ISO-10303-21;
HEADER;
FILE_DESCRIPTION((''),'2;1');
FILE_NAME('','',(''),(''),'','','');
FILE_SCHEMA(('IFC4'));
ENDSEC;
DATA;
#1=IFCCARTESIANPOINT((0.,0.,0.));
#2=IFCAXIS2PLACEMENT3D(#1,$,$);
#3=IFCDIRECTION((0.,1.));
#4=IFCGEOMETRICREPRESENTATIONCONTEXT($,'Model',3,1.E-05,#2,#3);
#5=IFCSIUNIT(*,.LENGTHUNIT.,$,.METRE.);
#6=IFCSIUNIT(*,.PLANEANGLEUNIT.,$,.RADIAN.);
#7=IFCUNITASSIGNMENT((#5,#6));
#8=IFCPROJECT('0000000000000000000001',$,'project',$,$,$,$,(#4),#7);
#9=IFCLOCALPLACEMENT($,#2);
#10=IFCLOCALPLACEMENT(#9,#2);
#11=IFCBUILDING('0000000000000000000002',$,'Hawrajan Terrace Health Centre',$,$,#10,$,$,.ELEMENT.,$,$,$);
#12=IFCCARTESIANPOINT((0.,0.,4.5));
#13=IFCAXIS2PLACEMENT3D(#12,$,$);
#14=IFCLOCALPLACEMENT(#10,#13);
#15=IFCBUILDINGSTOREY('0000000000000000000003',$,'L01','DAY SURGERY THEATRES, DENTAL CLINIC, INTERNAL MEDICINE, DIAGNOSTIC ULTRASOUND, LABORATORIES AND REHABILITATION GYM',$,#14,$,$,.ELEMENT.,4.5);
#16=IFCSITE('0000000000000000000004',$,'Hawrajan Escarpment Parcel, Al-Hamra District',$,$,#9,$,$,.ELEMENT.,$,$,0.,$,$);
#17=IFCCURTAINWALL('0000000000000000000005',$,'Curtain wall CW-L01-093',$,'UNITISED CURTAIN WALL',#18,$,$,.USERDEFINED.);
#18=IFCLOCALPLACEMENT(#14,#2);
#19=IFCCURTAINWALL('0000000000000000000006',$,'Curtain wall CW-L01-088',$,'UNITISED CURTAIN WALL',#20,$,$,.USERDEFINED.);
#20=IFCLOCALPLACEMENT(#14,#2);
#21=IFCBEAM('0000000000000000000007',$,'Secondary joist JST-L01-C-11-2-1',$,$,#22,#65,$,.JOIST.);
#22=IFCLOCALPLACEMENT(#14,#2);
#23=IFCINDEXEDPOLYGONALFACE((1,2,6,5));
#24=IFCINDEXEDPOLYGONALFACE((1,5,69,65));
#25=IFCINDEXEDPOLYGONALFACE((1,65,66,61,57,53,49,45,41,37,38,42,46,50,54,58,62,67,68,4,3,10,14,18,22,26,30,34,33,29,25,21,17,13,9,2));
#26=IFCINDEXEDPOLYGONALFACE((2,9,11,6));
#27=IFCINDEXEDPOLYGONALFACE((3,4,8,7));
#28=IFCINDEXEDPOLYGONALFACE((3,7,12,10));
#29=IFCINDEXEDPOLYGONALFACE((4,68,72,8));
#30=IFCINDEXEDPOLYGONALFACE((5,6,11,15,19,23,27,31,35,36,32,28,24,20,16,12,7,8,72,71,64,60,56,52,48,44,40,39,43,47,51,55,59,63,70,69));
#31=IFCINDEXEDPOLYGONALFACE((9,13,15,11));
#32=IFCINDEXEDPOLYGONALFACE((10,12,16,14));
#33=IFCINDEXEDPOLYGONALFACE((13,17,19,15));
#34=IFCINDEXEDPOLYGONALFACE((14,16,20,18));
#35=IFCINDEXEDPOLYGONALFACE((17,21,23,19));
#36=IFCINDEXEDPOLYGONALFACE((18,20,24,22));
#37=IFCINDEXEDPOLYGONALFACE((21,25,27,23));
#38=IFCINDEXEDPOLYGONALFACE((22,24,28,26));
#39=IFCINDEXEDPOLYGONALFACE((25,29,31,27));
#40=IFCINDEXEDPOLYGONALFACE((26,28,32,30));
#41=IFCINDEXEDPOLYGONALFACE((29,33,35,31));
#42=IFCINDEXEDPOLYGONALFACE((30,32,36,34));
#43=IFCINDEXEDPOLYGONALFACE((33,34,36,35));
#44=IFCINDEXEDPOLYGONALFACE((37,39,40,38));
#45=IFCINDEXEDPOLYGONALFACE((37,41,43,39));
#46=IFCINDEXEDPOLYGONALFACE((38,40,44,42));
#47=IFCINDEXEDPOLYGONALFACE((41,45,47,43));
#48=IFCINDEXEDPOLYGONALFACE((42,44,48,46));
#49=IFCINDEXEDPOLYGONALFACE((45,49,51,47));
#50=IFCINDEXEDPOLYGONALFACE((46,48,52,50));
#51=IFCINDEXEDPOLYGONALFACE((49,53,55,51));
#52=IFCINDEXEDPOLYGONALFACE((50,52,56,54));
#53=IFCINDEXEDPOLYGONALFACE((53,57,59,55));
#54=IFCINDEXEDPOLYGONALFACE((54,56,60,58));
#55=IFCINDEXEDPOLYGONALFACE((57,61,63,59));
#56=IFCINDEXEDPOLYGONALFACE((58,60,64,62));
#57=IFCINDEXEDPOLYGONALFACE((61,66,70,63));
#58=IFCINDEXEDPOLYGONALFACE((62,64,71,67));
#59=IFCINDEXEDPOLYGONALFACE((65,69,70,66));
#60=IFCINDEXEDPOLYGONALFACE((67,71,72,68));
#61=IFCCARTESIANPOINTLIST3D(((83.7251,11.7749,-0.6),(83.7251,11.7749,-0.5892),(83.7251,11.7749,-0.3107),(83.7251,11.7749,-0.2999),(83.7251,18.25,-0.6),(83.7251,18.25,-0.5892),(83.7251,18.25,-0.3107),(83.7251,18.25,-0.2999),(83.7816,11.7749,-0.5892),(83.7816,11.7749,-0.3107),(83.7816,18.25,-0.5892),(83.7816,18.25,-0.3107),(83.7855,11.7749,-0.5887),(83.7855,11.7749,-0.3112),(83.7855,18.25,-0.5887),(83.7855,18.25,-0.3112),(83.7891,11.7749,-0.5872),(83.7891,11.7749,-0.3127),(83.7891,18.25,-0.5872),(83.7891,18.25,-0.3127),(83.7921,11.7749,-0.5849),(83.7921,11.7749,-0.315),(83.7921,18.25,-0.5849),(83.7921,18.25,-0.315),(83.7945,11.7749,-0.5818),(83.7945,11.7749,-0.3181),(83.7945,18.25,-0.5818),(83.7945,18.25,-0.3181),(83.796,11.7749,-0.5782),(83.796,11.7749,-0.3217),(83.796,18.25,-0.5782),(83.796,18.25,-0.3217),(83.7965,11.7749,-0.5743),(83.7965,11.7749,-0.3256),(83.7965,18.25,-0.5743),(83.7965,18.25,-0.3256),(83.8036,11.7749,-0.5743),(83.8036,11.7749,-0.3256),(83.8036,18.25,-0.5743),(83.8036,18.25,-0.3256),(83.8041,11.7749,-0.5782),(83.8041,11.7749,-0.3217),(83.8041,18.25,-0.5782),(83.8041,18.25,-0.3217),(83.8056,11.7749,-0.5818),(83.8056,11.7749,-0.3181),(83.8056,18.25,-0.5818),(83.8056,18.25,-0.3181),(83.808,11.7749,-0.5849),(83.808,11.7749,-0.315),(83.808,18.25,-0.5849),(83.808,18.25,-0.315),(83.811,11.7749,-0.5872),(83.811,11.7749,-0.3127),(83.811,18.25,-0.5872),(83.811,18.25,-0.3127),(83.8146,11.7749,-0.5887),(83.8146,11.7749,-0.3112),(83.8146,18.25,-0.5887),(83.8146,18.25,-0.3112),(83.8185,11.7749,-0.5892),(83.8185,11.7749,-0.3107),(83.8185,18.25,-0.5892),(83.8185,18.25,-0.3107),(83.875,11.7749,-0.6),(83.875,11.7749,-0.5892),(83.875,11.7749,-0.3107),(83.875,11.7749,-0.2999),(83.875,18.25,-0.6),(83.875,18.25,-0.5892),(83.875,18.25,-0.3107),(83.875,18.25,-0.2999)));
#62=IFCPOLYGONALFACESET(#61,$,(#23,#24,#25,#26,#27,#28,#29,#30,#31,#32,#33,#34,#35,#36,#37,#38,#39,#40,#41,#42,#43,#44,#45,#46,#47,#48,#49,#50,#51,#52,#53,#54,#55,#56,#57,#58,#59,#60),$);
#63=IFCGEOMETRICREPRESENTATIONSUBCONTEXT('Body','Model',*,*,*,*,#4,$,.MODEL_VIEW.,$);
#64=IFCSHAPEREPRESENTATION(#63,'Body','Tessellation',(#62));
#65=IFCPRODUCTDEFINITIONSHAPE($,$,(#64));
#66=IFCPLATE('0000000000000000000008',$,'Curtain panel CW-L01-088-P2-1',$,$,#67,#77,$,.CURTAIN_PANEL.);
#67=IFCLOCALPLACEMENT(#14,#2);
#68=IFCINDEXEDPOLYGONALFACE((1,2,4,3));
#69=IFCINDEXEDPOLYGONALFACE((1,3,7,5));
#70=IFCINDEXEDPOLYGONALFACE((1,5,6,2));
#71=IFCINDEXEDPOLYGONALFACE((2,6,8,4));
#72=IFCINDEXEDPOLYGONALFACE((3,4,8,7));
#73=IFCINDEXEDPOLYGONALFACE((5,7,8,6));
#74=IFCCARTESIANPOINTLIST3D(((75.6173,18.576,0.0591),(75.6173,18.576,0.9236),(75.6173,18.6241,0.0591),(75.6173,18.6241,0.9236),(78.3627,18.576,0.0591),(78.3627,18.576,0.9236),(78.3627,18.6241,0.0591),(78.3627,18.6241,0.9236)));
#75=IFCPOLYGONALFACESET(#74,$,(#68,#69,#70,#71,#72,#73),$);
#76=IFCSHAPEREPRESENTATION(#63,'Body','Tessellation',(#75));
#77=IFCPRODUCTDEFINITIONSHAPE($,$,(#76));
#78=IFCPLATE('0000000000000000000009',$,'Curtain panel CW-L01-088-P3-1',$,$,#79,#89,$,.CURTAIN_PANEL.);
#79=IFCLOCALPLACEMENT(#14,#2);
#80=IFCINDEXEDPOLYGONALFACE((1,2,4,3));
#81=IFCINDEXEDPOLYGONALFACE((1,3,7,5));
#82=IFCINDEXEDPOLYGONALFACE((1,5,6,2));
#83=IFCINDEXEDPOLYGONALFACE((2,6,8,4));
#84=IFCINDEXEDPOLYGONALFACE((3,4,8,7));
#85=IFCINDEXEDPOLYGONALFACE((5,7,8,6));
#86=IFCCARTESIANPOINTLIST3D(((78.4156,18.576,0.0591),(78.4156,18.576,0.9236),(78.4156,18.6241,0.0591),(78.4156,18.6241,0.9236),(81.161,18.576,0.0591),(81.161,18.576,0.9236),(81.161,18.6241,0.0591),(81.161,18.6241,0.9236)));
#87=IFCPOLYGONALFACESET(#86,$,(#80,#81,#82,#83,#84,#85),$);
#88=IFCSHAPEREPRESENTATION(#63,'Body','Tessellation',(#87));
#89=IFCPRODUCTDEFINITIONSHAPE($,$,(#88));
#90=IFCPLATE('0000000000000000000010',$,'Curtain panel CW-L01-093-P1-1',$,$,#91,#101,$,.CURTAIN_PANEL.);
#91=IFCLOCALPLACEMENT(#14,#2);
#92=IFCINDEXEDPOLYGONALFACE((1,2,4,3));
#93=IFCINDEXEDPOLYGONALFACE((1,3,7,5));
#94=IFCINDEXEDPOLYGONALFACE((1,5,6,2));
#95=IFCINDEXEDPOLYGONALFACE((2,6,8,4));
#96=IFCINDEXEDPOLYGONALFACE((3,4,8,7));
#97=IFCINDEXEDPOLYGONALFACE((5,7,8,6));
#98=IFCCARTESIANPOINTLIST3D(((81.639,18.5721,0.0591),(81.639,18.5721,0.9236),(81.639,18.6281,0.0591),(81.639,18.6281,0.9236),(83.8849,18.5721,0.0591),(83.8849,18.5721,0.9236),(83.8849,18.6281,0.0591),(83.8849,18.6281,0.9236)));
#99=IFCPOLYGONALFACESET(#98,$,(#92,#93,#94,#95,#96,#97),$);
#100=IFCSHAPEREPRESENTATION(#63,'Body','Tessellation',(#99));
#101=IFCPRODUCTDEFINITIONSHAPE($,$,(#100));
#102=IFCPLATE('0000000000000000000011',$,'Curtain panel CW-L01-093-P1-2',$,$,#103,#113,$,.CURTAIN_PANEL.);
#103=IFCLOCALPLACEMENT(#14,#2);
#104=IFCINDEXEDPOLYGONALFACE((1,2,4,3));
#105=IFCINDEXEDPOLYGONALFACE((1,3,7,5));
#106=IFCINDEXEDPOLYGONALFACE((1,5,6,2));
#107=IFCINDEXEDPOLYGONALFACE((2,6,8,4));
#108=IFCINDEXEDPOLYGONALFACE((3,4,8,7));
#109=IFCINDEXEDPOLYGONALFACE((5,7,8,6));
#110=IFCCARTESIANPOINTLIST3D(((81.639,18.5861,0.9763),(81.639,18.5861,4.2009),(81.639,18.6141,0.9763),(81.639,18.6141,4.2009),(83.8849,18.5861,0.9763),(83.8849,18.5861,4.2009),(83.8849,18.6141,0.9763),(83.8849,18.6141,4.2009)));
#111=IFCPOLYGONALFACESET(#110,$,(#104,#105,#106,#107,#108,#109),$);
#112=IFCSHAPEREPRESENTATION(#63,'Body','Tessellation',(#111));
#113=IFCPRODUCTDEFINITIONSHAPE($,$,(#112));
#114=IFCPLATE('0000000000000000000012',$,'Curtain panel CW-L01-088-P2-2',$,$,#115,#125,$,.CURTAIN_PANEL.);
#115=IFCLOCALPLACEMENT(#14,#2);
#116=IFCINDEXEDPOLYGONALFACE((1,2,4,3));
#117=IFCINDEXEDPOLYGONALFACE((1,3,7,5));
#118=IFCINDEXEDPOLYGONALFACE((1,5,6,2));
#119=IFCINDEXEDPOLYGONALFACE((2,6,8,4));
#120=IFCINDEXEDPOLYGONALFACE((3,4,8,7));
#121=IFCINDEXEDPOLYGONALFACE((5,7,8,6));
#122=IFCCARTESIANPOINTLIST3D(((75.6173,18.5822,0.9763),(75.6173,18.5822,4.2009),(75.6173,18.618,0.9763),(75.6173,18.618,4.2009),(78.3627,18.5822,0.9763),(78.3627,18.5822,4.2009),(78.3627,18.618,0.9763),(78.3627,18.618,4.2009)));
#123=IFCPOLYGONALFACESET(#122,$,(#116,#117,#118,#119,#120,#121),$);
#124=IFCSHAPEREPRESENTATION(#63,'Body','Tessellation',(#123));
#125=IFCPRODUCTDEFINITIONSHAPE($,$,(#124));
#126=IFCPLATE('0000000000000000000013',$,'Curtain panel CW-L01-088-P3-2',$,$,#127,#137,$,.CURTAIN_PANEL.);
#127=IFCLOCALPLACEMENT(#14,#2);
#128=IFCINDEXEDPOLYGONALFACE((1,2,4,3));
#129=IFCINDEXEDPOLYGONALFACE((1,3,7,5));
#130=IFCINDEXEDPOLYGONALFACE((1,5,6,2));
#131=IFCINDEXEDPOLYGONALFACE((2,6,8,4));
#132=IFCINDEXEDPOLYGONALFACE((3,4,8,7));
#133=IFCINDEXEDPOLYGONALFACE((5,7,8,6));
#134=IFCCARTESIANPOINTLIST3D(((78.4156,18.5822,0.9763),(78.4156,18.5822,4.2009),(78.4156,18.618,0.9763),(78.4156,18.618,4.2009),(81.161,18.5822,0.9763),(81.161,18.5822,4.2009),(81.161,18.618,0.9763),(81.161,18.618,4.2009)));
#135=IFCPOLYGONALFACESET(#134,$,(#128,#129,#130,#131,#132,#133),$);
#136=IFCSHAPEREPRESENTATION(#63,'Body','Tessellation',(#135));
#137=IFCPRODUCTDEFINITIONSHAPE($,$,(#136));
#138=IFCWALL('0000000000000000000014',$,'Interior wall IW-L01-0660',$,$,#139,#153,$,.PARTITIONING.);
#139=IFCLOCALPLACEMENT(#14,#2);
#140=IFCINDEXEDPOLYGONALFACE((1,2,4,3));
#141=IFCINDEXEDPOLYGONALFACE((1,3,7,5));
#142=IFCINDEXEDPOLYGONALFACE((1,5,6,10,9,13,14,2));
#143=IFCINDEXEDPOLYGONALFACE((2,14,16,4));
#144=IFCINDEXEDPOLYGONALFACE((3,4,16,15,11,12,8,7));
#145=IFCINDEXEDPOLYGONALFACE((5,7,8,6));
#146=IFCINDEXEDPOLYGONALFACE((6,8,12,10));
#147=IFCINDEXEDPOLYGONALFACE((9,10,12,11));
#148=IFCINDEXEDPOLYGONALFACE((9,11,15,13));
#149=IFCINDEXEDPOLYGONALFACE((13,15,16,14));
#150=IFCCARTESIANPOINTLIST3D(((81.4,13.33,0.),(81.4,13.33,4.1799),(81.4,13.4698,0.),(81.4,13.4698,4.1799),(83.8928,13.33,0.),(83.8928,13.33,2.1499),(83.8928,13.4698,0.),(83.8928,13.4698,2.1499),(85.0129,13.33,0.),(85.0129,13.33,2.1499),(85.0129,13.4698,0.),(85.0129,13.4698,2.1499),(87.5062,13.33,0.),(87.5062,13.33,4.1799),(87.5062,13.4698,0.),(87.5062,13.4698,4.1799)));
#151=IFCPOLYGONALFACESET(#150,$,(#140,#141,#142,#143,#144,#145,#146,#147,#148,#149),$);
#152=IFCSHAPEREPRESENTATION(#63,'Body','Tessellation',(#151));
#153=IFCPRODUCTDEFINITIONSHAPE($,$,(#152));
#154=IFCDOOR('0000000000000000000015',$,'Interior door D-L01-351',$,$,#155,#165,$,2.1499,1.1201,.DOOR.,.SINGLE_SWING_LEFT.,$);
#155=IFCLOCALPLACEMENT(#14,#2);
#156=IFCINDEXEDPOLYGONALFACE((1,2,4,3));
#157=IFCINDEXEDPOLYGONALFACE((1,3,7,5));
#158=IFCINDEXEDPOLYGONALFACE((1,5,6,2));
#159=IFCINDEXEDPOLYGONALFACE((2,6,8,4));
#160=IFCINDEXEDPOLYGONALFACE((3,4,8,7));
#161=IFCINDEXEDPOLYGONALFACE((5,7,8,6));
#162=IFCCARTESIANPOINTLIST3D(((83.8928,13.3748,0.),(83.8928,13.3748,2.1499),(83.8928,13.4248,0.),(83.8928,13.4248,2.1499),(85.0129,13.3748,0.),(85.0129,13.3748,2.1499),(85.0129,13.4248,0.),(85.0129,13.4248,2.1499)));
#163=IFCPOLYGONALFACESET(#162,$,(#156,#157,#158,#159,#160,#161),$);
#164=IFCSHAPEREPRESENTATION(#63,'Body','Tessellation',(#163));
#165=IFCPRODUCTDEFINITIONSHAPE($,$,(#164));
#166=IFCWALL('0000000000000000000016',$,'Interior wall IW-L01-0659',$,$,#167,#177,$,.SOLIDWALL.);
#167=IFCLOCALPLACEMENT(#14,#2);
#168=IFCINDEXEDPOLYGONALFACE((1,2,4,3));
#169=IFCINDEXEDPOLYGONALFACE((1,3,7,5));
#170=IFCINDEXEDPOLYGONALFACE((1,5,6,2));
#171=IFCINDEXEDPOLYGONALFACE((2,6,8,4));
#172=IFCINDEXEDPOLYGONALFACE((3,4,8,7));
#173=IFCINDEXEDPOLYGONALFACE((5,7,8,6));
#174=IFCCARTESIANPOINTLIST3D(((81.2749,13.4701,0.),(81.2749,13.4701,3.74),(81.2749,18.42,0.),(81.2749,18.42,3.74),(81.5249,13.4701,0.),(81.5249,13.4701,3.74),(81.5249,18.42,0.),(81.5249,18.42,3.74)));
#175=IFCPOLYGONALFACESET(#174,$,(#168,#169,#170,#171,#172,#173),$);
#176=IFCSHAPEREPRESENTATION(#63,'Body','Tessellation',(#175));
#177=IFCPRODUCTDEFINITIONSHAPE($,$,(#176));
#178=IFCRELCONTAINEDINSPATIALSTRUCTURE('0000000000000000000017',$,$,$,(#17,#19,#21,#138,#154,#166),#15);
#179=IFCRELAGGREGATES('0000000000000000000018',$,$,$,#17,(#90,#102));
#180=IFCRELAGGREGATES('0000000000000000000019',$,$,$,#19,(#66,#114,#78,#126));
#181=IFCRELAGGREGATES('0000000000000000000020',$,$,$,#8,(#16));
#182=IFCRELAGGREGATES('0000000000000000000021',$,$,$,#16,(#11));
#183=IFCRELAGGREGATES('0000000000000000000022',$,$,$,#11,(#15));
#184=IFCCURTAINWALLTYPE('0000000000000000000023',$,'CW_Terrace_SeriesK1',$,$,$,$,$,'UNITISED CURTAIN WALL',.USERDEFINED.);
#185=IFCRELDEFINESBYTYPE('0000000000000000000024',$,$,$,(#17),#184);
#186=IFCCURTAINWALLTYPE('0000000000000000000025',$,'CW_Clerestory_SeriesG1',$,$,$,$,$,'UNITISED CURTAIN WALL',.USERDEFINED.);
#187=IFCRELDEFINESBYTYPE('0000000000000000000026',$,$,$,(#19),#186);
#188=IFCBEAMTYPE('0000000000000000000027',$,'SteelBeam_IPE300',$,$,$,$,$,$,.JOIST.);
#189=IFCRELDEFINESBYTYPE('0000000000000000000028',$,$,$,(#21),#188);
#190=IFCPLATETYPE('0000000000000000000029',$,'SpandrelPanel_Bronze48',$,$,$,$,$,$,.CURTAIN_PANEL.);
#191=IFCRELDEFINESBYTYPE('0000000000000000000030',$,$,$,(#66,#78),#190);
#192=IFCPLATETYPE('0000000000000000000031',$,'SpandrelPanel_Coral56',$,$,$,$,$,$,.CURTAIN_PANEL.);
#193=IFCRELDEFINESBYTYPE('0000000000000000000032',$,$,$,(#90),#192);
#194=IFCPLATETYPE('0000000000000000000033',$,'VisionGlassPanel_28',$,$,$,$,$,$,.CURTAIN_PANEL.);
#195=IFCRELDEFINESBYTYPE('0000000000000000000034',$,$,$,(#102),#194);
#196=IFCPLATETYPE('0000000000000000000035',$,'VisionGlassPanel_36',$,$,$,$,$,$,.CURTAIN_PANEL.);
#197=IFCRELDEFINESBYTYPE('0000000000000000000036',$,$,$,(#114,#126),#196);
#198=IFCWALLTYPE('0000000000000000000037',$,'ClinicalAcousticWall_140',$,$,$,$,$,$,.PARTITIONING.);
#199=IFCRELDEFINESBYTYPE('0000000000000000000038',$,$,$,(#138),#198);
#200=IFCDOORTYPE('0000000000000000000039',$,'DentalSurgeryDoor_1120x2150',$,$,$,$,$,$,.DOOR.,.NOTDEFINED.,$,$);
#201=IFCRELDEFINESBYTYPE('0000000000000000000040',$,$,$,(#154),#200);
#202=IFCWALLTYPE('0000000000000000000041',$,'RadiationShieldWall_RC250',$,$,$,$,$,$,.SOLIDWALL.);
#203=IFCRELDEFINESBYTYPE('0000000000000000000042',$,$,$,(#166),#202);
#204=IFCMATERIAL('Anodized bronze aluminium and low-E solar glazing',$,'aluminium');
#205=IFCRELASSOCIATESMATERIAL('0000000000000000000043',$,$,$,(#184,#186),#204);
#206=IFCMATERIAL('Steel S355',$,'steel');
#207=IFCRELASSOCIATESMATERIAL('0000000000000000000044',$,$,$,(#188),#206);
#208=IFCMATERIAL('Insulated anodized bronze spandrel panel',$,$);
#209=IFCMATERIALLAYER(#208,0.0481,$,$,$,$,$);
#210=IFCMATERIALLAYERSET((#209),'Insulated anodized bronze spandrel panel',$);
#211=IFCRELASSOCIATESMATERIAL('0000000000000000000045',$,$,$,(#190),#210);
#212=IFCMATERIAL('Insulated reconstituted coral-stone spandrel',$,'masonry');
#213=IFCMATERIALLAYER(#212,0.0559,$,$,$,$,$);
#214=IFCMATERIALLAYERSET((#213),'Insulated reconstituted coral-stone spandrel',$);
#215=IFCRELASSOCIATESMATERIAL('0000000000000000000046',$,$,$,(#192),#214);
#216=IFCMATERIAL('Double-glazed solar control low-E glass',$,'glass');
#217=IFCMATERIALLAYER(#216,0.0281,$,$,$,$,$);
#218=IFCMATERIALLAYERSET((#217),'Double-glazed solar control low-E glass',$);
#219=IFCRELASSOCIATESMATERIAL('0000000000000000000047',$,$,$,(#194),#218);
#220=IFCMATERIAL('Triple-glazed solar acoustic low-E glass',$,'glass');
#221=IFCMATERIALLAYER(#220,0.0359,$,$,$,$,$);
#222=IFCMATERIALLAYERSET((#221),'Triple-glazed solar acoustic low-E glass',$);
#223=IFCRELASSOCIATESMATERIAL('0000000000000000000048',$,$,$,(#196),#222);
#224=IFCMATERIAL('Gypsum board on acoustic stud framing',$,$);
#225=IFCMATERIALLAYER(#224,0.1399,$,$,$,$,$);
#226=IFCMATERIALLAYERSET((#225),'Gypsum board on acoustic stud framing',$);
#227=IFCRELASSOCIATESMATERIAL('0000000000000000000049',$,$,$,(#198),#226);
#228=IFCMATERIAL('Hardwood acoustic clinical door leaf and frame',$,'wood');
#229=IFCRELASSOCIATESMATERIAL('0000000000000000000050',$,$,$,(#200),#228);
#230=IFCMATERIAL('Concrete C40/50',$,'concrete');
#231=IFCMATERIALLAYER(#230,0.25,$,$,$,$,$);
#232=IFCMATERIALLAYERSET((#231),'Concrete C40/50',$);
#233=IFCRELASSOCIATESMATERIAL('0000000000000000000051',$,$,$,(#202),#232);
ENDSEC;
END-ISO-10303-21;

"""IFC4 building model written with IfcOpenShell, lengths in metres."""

from ifc_helpers import new_model, si_unit, direction, frame, frame_2d, origin, origin_2d, place, context, subcontext, project, spatial, rectangle, i_section, extrude, material, layer, layer_set, material_profile, profile_set, type_object, element, fill, aggregate, save


model = new_model("IFC4")

# Units and contexts
model_context = context("Model", 3, precision=1e-05, world=origin(), true_north=direction((0.0, 1.0)))
body_context = subcontext(model_context, "Body", "Model", "MODEL_VIEW")
ifc_project = project(units=[si_unit("LENGTHUNIT", "METRE"), si_unit("PLANEANGLEUNIT", "RADIAN")], contexts=[model_context])

# Site, building, storey
site_placement = place(None, origin())
site = spatial("IfcSite", under=ifc_project, at=site_placement, Name="Hawrajan Escarpment Parcel, Al-Hamra District", CompositionType="ELEMENT", RefElevation=0.0)
building_placement = place(site_placement, origin())
building = spatial("IfcBuilding", under=site, at=building_placement, Name="Hawrajan Terrace Health Centre", CompositionType="ELEMENT")
storey_placement = place(building_placement, frame((0.0, 0.0, 4.5)))
storey = spatial("IfcBuildingStorey", under=building, at=storey_placement, Name="L01", Description="DAY SURGERY THEATRES, DENTAL CLINIC, INTERNAL MEDICINE, DIAGNOSTIC ULTRASOUND, LABORATORIES AND REHABILITATION GYM", CompositionType="ELEMENT", Elevation=4.5)

# Curtain wall
ifc_material_1 = material(Name="Anodized bronze aluminium and low-E solar glazing", Category="aluminium")
curtain_wall_type_1 = type_object("IfcCurtainWallType", Name="CW_Terrace_SeriesK1", ElementType="UNITISED CURTAIN WALL", PredefinedType="USERDEFINED", material=ifc_material_1)
curtain_wall_1_placement = place(storey_placement, origin())
curtain_wall_1 = element("IfcCurtainWall", 1, at=curtain_wall_1_placement, inside=storey, type_object=curtain_wall_type_1, Name="Curtain wall CW-L01-093", ObjectType="UNITISED CURTAIN WALL", PredefinedType="USERDEFINED")

# Curtain wall
curtain_wall_type_2 = type_object("IfcCurtainWallType", Name="CW_Clerestory_SeriesG1", ElementType="UNITISED CURTAIN WALL", PredefinedType="USERDEFINED", material=ifc_material_1)
curtain_wall_2_placement = place(storey_placement, origin())
curtain_wall_2 = element("IfcCurtainWall", 2, at=curtain_wall_2_placement, inside=storey, type_object=curtain_wall_type_2, Name="Curtain wall CW-L01-088", ObjectType="UNITISED CURTAIN WALL", PredefinedType="USERDEFINED")

# Beam
ifc_material_2 = material(Name="Concrete C40/50", Category="concrete")
ifc_material_3 = material(Name="Steel S355", Category="steel")
ifc_material_profile_1 = material_profile(ifc_material_3, i_section(OverallWidth=0.1499, OverallDepth=0.3, WebThickness=0.0071, FlangeThickness=0.0107, FilletRadius=0.0149, at=origin_2d()), Name="IPE 300")
ifc_profile_set_1 = profile_set([ifc_material_profile_1], Name="Steel S355")
beam_type_1 = type_object("IfcBeamType", Name="SteelBeam_IPE300", PredefinedType="JOIST", material=ifc_profile_set_1)
for number, where, z_axis, x_axis, name in (
    (3, (83.8, 11.7749, -0.45), (0.0, 1.0, 0.0), (-1.0, 0.0, 0.0), "Secondary joist JST-L01-C-11-2-1"),
):
    element("IfcBeam", number, at=place(storey_placement, frame(where, z_axis=z_axis, x_axis=x_axis)), inside=storey, type_object=beam_type_1, Name=name, PredefinedType="JOIST", context=body_context, shape_type="SweptSolid", body=[
        extrude(i_section(OverallWidth=0.1499, OverallDepth=0.3, WebThickness=0.0071, FlangeThickness=0.0107, FilletRadius=0.0149, at=origin_2d()), origin(), (0.0, 0.0, 1.0), 6.4751),
    ])

# Plates
ifc_material_4 = material(Name="Insulated anodized bronze spandrel panel")
ifc_layer_1 = layer(ifc_material_4, 0.0481)
ifc_layer_set_1 = layer_set([ifc_layer_1], Name="Insulated anodized bronze spandrel panel")
plate_type_1 = type_object("IfcPlateType", Name="SpandrelPanel_Bronze48", PredefinedType="CURTAIN_PANEL", material=ifc_layer_set_1)
plate_1_placement = place(storey_placement, frame((76.99, 18.6001, 0.0591), z_axis=(0.0, 0.0, 1.0), x_axis=(1.0, 0.0, 0.0)))
plate_1 = element("IfcPlate", 4, at=plate_1_placement, type_object=plate_type_1, Name="Curtain panel CW-L01-088-P2-1", PredefinedType="CURTAIN_PANEL", context=body_context, shape_type="SweptSolid", body=[
    extrude(rectangle(XDim=2.7454, YDim=0.0481, at=origin_2d()), origin(), (0.0, 0.0, 1.0), 0.8645),
])
plate_2_placement = place(storey_placement, frame((79.7883, 18.6001, 0.0591), z_axis=(0.0, 0.0, 1.0), x_axis=(1.0, 0.0, 0.0)))
plate_2 = element("IfcPlate", 5, at=plate_2_placement, type_object=plate_type_1, Name="Curtain panel CW-L01-088-P3-1", PredefinedType="CURTAIN_PANEL", context=body_context, shape_type="SweptSolid", body=[
    extrude(rectangle(XDim=2.7454, YDim=0.0481, at=origin_2d()), origin(), (0.0, 0.0, 1.0), 0.8645),
])
ifc_material_5 = material(Name="Insulated reconstituted coral-stone spandrel", Category="masonry")
ifc_layer_2 = layer(ifc_material_5, 0.0559)
ifc_layer_set_2 = layer_set([ifc_layer_2], Name="Insulated reconstituted coral-stone spandrel")
plate_type_2 = type_object("IfcPlateType", Name="SpandrelPanel_Coral56", PredefinedType="CURTAIN_PANEL", material=ifc_layer_set_2)
plate_3_placement = place(storey_placement, frame((82.762, 18.6001, 0.0591), z_axis=(0.0, 0.0, 1.0), x_axis=(1.0, 0.0, 0.0)))
plate_3 = element("IfcPlate", 6, at=plate_3_placement, type_object=plate_type_2, Name="Curtain panel CW-L01-093-P1-1", PredefinedType="CURTAIN_PANEL", context=body_context, shape_type="SweptSolid", body=[
    extrude(rectangle(XDim=2.2458, YDim=0.0559, at=origin_2d()), origin(), (0.0, 0.0, 1.0), 0.8645),
])
ifc_material_6 = material(Name="Double-glazed solar control low-E glass", Category="glass")
ifc_layer_3 = layer(ifc_material_6, 0.0281)
ifc_layer_set_3 = layer_set([ifc_layer_3], Name="Double-glazed solar control low-E glass")
plate_type_3 = type_object("IfcPlateType", Name="VisionGlassPanel_28", PredefinedType="CURTAIN_PANEL", material=ifc_layer_set_3)
plate_4_placement = place(storey_placement, frame((82.762, 18.6001, 0.9763), z_axis=(0.0, 0.0, 1.0), x_axis=(1.0, 0.0, 0.0)))
plate_4 = element("IfcPlate", 7, at=plate_4_placement, type_object=plate_type_3, Name="Curtain panel CW-L01-093-P1-2", PredefinedType="CURTAIN_PANEL", context=body_context, shape_type="SweptSolid", body=[
    extrude(rectangle(XDim=2.2458, YDim=0.0281, at=origin_2d()), origin(), (0.0, 0.0, 1.0), 3.2246),
])
aggregate(curtain_wall_1, [plate_3, plate_4])
ifc_material_7 = material(Name="Triple-glazed solar acoustic low-E glass", Category="glass")
ifc_layer_4 = layer(ifc_material_7, 0.0359)
ifc_layer_set_4 = layer_set([ifc_layer_4], Name="Triple-glazed solar acoustic low-E glass")
plate_type_4 = type_object("IfcPlateType", Name="VisionGlassPanel_36", PredefinedType="CURTAIN_PANEL", material=ifc_layer_set_4)
plate_5_placement = place(storey_placement, frame((76.99, 18.6001, 0.9763), z_axis=(0.0, 0.0, 1.0), x_axis=(1.0, 0.0, 0.0)))
plate_5 = element("IfcPlate", 8, at=plate_5_placement, type_object=plate_type_4, Name="Curtain panel CW-L01-088-P2-2", PredefinedType="CURTAIN_PANEL", context=body_context, shape_type="SweptSolid", body=[
    extrude(rectangle(XDim=2.7454, YDim=0.0359, at=origin_2d()), origin(), (0.0, 0.0, 1.0), 3.2246),
])
plate_6_placement = place(storey_placement, frame((79.7883, 18.6001, 0.9763), z_axis=(0.0, 0.0, 1.0), x_axis=(1.0, 0.0, 0.0)))
plate_6 = element("IfcPlate", 9, at=plate_6_placement, type_object=plate_type_4, Name="Curtain panel CW-L01-088-P3-2", PredefinedType="CURTAIN_PANEL", context=body_context, shape_type="SweptSolid", body=[
    extrude(rectangle(XDim=2.7454, YDim=0.0359, at=origin_2d()), origin(), (0.0, 0.0, 1.0), 3.2246),
])
aggregate(curtain_wall_2, [plate_1, plate_5, plate_2, plate_6])

# Wall, opening, door
ifc_material_8 = material(Name="Gypsum board on acoustic stud framing")
ifc_layer_5 = layer(ifc_material_8, 0.1399)
ifc_layer_set_5 = layer_set([ifc_layer_5], Name="Gypsum board on acoustic stud framing")
wall_type_1 = type_object("IfcWallType", Name="ClinicalAcousticWall_140", PredefinedType="PARTITIONING", material=ifc_layer_set_5)
wall_1_placement = place(storey_placement, frame((81.3999, 13.3999, 0.0), z_axis=(0.0, 0.0, 1.0), x_axis=(1.0, 0.0, 0.0)))
wall_1 = element("IfcWall", 10, at=wall_1_placement, inside=storey, type_object=wall_type_1, Name="Interior wall IW-L01-0660", PredefinedType="PARTITIONING", context=body_context, shape_type="SweptSolid", body=[
    extrude(rectangle(XDim=6.1062, YDim=0.1399, at=frame_2d((3.0532, 0.0))), origin(), (0.0, 0.0, 1.0), 4.1799),
])
opening_placement = place(wall_1_placement, frame((2.4929, 0.0, 0.0)))
opening = element("IfcOpeningElement", 11, at=opening_placement, cuts=wall_1, PredefinedType="OPENING", context=body_context, shape_type="SweptSolid", body=[
    extrude(rectangle(XDim=1.1201, YDim=2.1499, at=frame_2d((0.5601, 1.075))), frame((0.0, 0.0798, 0.0), z_axis=(0.0, -1.0, 0.0), x_axis=(1.0, 0.0, 0.0)), (0.0, 0.0, 1.0), 0.1599),
])
ifc_material_9 = material(Name="Hardwood acoustic clinical door leaf and frame", Category="wood")
door_type = type_object("IfcDoorType", Name="DentalSurgeryDoor_1120x2150", OperationType="NOTDEFINED", PredefinedType="DOOR", material=ifc_material_9)
door_placement = place(opening_placement, origin())
door = element("IfcDoor", 12, at=door_placement, inside=storey, type_object=door_type, Name="Interior door D-L01-351", OperationType="SINGLE_SWING_LEFT", OverallHeight=2.1499, OverallWidth=1.1201, PredefinedType="DOOR", context=body_context, shape_type="SweptSolid", body=[
    extrude(rectangle(XDim=1.1201, YDim=2.1499, at=frame_2d((0.5601, 1.075))), frame((0.0, 0.0249, 0.0), z_axis=(0.0, -1.0, 0.0), x_axis=(1.0, 0.0, 0.0)), (0.0, 0.0, 1.0), 0.05),
])
fill(opening, door)

# Wall
ifc_layer_6 = layer(ifc_material_2, 0.25)
ifc_layer_set_6 = layer_set([ifc_layer_6], Name="Concrete C40/50")
wall_type_2 = type_object("IfcWallType", Name="RadiationShieldWall_RC250", PredefinedType="SOLIDWALL", material=ifc_layer_set_6)
wall_2_placement = place(storey_placement, frame((81.3999, 13.47, 0.0), z_axis=(0.0, 0.0, 1.0), x_axis=(0.0, 1.0, 0.0)))
element("IfcWall", 13, at=wall_2_placement, inside=storey, type_object=wall_type_2, Name="Interior wall IW-L01-0659", PredefinedType="SOLIDWALL", context=body_context, shape_type="SweptSolid", body=[
    extrude(rectangle(XDim=4.95, YDim=0.25, at=frame_2d((2.4751, 0.0))), origin(), (0.0, 0.0, 1.0), 3.74),
])

save(model, "model.ifc")
